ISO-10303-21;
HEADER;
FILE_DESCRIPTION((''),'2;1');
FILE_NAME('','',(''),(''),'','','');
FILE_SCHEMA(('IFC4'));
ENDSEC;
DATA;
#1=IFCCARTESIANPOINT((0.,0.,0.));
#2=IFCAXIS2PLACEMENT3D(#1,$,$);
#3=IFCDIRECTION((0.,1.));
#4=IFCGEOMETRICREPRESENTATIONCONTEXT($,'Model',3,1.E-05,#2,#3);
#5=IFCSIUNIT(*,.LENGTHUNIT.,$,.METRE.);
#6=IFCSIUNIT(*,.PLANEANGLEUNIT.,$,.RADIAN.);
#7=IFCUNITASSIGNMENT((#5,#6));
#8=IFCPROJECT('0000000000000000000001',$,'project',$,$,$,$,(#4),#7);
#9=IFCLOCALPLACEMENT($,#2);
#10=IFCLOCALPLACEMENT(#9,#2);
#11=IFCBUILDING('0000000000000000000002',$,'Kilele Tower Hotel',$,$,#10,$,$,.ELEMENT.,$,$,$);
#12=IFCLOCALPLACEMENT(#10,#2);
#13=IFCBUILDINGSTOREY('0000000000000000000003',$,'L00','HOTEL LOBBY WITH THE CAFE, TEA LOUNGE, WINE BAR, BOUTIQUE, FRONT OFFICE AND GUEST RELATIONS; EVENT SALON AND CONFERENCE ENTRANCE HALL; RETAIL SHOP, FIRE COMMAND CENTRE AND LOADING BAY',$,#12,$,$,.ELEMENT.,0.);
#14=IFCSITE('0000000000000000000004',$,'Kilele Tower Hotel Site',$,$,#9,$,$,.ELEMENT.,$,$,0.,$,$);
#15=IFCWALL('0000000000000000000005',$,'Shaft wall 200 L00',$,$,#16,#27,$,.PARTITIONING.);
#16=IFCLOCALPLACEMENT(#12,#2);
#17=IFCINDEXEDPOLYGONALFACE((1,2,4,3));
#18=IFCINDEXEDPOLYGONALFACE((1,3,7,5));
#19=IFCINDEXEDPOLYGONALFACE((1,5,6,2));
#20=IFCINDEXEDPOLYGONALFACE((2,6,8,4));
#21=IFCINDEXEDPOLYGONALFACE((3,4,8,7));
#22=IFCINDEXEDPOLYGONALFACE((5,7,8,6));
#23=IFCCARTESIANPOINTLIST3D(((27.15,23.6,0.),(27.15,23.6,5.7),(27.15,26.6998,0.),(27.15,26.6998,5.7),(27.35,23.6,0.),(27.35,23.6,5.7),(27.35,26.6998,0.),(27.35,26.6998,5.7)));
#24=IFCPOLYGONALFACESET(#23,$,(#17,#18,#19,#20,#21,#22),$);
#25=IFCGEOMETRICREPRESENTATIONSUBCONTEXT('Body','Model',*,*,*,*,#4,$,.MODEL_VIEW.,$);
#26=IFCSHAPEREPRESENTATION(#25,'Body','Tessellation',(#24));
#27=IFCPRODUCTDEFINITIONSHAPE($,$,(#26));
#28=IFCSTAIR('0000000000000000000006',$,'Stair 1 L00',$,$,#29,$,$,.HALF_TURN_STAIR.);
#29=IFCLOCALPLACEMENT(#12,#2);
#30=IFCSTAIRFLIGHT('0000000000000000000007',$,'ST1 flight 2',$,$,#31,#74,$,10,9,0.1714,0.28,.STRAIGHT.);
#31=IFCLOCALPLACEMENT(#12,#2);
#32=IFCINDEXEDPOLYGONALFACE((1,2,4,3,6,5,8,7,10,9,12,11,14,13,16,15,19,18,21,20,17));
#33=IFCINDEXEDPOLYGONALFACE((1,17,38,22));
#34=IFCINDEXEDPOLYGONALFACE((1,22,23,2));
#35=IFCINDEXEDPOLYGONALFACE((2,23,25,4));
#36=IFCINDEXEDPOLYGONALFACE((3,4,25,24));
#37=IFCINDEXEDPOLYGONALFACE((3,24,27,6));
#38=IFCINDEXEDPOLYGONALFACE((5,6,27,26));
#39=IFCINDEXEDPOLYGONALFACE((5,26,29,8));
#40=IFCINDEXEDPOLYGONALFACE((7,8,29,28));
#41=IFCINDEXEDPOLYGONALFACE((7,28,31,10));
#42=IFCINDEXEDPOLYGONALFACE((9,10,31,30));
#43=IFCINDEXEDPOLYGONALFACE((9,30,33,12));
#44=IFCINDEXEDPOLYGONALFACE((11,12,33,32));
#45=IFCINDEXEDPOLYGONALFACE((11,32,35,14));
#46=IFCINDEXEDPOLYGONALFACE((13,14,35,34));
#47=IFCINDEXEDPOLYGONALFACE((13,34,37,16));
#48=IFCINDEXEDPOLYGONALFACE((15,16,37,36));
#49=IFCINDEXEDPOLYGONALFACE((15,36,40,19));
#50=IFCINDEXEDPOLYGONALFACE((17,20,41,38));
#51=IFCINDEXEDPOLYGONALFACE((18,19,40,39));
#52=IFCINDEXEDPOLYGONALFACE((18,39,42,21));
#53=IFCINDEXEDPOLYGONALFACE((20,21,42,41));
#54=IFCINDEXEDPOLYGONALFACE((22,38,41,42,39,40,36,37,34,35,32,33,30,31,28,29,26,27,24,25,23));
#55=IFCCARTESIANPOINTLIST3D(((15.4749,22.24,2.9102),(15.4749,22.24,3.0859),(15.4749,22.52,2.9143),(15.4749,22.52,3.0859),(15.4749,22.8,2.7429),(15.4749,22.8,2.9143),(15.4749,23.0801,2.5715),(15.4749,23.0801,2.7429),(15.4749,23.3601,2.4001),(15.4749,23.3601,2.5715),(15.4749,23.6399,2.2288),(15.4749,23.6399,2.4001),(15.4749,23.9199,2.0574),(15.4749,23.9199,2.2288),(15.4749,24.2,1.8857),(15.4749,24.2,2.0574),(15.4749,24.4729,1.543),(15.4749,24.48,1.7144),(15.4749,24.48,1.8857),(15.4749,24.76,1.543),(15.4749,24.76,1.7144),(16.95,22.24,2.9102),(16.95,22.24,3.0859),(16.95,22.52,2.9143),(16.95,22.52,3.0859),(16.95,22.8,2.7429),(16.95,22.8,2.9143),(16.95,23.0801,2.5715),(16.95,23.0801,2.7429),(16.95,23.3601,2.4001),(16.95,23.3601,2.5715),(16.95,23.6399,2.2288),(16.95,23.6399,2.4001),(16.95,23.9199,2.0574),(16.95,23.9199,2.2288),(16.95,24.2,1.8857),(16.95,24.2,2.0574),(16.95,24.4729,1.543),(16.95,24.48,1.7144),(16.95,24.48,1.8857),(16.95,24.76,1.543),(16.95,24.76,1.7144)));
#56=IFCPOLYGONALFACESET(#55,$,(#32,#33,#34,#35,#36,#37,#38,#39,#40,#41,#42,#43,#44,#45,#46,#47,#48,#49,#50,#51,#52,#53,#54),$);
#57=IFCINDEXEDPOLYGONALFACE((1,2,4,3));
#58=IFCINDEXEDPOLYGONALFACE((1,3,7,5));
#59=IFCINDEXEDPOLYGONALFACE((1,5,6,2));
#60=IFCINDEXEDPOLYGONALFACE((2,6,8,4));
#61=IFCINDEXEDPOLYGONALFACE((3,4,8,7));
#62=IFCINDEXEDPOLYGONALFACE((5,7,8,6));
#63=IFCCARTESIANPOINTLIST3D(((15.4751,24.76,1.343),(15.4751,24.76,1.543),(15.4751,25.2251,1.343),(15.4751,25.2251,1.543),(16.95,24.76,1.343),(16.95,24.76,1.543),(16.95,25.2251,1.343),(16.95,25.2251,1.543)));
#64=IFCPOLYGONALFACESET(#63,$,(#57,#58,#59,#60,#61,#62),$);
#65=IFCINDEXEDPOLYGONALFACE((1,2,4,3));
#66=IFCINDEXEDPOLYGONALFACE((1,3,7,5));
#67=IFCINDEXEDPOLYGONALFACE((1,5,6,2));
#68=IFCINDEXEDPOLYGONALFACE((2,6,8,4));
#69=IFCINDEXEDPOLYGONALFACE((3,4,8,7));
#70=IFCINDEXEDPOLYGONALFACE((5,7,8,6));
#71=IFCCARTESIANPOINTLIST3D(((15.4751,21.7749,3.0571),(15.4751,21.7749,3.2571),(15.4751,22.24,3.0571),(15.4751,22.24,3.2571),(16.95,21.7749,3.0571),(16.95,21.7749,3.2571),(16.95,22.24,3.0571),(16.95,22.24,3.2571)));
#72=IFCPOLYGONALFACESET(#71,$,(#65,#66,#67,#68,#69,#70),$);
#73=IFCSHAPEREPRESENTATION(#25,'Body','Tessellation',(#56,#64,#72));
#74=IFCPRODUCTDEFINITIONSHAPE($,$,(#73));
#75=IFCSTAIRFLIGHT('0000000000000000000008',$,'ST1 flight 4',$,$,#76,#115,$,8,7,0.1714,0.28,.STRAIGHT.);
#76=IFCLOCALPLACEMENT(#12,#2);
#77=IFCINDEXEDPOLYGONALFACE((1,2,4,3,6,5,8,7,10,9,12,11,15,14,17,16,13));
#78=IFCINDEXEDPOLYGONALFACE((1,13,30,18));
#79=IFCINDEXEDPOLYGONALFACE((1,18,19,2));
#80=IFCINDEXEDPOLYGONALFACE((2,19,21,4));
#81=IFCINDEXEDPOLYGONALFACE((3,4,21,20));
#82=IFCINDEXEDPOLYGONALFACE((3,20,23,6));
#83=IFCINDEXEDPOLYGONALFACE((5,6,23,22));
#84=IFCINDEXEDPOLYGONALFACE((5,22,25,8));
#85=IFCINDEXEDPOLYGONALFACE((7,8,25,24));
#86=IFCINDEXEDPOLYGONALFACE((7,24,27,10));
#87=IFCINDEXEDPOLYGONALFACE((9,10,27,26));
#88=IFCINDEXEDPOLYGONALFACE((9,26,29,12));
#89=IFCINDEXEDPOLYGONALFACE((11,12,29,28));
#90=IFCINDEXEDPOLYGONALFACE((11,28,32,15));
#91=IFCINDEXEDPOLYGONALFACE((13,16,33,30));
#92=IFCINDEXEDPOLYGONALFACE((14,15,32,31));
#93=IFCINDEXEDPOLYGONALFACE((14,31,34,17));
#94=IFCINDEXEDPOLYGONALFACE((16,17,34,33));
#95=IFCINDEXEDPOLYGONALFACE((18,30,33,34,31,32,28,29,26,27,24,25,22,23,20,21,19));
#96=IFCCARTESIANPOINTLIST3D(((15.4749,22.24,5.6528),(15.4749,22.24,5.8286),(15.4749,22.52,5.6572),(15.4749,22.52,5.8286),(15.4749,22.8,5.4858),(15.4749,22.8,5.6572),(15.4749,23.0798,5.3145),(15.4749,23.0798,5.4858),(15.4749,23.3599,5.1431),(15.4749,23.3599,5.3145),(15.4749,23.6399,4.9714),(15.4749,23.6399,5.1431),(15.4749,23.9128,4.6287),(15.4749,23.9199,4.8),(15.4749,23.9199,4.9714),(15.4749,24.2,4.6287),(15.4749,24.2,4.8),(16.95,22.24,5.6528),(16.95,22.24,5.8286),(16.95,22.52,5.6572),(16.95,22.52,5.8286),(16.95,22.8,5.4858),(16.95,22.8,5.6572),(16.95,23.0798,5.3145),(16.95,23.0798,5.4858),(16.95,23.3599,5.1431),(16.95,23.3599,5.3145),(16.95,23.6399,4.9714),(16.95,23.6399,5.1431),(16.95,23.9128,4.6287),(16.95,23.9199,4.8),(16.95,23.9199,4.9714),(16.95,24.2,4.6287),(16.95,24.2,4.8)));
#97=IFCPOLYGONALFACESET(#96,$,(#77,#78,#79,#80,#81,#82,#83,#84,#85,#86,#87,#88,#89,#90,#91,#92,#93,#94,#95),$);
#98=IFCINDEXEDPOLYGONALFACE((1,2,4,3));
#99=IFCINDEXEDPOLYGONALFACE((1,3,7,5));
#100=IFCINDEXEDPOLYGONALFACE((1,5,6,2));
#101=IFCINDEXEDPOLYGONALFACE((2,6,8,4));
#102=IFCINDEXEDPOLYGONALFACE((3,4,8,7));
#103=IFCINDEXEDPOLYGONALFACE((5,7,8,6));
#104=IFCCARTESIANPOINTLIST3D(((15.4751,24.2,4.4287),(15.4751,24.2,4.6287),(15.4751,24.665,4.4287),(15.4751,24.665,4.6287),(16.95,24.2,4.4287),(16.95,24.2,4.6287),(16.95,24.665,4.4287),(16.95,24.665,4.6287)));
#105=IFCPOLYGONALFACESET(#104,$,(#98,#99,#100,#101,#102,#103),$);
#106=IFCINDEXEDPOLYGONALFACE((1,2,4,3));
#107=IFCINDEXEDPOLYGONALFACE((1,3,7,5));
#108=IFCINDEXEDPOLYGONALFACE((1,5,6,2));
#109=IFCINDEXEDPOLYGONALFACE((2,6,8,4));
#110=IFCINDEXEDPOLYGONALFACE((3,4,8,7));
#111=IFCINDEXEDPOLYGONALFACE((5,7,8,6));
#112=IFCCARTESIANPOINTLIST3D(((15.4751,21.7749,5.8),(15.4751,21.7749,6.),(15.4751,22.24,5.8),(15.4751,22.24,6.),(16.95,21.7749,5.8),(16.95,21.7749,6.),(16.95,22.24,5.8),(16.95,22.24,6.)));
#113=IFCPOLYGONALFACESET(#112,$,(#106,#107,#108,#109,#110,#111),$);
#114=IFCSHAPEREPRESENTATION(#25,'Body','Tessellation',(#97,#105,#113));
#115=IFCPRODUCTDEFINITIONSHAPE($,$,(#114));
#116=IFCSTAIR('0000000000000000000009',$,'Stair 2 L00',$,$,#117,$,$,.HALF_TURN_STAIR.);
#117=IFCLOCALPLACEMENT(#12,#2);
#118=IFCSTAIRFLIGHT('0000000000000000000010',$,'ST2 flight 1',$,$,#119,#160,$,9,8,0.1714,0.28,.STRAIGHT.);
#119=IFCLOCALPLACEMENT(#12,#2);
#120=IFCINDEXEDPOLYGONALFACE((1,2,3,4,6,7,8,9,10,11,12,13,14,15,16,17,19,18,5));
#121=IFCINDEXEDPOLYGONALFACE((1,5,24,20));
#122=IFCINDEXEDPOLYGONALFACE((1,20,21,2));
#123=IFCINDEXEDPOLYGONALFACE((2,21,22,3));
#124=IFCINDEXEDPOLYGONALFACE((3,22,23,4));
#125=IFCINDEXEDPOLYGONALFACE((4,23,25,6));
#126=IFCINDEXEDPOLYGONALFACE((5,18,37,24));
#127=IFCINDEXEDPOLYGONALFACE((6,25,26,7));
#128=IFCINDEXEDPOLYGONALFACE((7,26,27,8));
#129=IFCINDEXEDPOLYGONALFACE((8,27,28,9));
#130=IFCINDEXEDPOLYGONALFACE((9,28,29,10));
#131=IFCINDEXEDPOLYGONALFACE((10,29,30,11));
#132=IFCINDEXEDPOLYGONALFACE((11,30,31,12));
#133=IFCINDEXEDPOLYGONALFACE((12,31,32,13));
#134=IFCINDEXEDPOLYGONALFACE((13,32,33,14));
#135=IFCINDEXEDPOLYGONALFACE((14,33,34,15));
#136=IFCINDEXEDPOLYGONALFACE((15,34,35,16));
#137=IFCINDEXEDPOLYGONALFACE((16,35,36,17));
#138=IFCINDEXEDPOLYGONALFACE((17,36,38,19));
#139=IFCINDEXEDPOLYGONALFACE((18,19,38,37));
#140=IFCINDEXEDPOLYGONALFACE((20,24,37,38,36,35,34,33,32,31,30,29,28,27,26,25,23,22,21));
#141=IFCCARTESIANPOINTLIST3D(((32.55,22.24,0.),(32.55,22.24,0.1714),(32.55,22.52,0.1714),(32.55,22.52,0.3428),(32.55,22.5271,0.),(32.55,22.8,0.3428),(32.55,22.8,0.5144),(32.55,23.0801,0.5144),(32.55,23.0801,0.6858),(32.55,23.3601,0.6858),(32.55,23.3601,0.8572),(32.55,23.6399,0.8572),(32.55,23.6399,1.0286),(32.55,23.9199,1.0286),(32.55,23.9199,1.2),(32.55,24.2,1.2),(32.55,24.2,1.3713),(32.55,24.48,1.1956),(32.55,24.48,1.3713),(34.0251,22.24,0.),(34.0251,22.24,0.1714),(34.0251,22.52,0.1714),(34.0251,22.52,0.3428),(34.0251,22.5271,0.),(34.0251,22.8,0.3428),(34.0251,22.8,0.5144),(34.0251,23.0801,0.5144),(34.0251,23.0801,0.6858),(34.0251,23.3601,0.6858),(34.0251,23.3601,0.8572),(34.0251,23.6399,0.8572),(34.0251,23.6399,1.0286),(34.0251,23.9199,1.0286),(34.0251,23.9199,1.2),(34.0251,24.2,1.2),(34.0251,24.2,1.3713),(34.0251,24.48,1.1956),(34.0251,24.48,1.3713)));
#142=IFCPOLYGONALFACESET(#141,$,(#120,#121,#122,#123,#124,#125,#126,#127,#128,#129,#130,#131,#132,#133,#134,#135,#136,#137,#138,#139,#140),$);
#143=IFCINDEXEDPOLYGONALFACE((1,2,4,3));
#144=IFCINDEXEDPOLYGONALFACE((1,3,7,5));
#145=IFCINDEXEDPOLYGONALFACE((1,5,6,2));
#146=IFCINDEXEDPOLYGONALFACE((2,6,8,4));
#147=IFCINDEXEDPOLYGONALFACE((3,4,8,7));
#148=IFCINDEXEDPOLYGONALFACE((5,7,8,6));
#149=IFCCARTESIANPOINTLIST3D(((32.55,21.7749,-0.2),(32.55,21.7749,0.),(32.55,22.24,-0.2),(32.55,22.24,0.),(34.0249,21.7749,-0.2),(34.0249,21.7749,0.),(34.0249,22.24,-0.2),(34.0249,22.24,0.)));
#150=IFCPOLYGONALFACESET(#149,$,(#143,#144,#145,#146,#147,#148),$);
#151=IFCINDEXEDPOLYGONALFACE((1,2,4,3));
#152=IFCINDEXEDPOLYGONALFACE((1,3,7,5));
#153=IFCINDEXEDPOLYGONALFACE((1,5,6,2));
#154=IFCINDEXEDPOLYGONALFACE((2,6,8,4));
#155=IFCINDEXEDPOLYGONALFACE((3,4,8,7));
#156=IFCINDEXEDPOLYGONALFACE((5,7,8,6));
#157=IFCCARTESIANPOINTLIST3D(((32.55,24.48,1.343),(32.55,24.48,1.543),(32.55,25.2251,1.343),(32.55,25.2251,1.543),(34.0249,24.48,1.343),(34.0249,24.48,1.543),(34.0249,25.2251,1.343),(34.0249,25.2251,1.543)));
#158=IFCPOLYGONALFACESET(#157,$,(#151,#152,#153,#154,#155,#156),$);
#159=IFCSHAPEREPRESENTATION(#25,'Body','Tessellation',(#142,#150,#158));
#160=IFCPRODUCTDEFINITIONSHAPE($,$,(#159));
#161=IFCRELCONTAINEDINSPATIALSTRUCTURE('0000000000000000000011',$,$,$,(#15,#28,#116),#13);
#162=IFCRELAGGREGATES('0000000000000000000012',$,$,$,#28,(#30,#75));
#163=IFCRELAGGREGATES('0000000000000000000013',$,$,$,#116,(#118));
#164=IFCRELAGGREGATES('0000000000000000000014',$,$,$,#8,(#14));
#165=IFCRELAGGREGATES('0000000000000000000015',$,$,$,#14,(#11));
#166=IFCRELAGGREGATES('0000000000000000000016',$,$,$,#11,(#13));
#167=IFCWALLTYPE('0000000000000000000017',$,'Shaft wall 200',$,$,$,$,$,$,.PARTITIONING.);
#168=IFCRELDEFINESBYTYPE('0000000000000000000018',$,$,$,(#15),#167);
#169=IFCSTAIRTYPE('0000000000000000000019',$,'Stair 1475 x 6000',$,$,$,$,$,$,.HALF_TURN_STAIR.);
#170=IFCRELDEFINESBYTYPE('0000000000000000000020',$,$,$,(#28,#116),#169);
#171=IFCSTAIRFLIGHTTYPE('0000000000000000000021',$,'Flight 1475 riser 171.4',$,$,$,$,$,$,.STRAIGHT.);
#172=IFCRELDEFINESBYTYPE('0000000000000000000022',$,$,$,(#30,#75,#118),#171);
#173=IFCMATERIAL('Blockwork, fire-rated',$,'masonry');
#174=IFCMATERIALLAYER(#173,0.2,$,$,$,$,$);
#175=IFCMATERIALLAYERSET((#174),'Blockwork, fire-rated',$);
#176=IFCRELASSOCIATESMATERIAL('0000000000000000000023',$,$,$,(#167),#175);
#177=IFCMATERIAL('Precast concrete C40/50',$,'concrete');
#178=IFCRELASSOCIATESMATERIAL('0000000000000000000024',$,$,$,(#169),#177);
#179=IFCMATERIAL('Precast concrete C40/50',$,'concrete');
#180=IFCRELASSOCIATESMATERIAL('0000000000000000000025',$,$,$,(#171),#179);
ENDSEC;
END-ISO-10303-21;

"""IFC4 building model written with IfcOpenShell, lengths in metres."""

from ifc_helpers import new_model, si_unit, direction, frame, frame_2d, origin, place, context, subcontext, project, spatial, polyline, rectangle, outline, extrude, material, layer, layer_set, type_object, element, aggregate, save


model = new_model("IFC4")

# Units and contexts
model_context = context("Model", 3, precision=1e-05, world=origin(), true_north=direction((0.0, 1.0)))
body_context = subcontext(model_context, "Body", "Model", "MODEL_VIEW")
ifc_project = project(units=[si_unit("LENGTHUNIT", "METRE"), si_unit("PLANEANGLEUNIT", "RADIAN")], contexts=[model_context])

# Site, building, storey
site_placement = place(None, origin())
site = spatial("IfcSite", under=ifc_project, at=site_placement, Name="Kilele Tower Hotel Site", CompositionType="ELEMENT", RefElevation=0.0)
building_placement = place(site_placement, origin())
building = spatial("IfcBuilding", under=site, at=building_placement, Name="Kilele Tower Hotel", CompositionType="ELEMENT")
storey_placement = place(building_placement, origin())
storey = spatial("IfcBuildingStorey", under=building, at=storey_placement, Name="L00", Description="HOTEL LOBBY WITH THE CAFE, TEA LOUNGE, WINE BAR, BOUTIQUE, FRONT OFFICE AND GUEST RELATIONS; EVENT SALON AND CONFERENCE ENTRANCE HALL; RETAIL SHOP, FIRE COMMAND CENTRE AND LOADING BAY", CompositionType="ELEMENT", Elevation=0.0)

# Shared definitions
ifc_material_1 = material(Name="Blockwork, fire-rated", Category="masonry")
ifc_layer_1 = layer(ifc_material_1, 0.2)
ifc_layer_set_1 = layer_set([ifc_layer_1], Name="Blockwork, fire-rated")
wall_type_1 = type_object("IfcWallType", Name="Shaft wall 200", PredefinedType="PARTITIONING", material=ifc_layer_set_1)

# Wall
for number, where, z_axis, x_axis, name in (
    (1, (27.25, 23.6001, 0.0), (0.0, 0.0, 1.0), (0.0, 1.0, 0.0), "Shaft wall 200 L00"),
):
    element("IfcWall", number, at=place(storey_placement, frame(where, z_axis=z_axis, x_axis=x_axis)), inside=storey, type_object=wall_type_1, Name=name, PredefinedType="PARTITIONING", context=body_context, shape_type="SweptSolid", body=[
        extrude(rectangle(XDim=3.0999, YDim=0.2, at=frame_2d((1.5498, 0.0))), origin(), (0.0, 0.0, 1.0), 5.7),
    ])

# Stairs, stair flights
ifc_material_2 = material(Name="Precast concrete C40/50", Category="concrete")
stair_type = type_object("IfcStairType", Name="Stair 1475 x 6000", PredefinedType="HALF_TURN_STAIR", material=ifc_material_2)
stair_1_placement = place(storey_placement, origin())
stair_1 = element("IfcStair", 2, at=stair_1_placement, inside=storey, type_object=stair_type, Name="Stair 1 L00", PredefinedType="HALF_TURN_STAIR")
ifc_material_3 = material(Name="Precast concrete C40/50", Category="concrete")
stair_flight_type = type_object("IfcStairFlightType", Name="Flight 1475 riser 171.4", PredefinedType="STRAIGHT", material=ifc_material_3)
stair_flight_1_placement = place(storey_placement, frame((16.2124, 24.76, 1.543), z_axis=(0.0, 0.0, 1.0), x_axis=(0.0, -1.0, 0.0)))
stair_flight_1 = element("IfcStairFlight", 3, at=stair_flight_1_placement, type_object=stair_flight_type, Name="ST1 flight 2", NumberOfRisers=10, NumberOfTreads=9, PredefinedType="STRAIGHT", RiserHeight=0.1714, TreadLength=0.28, context=body_context, shape_type="SweptSolid", body=[
    extrude(outline(polyline([(0.0, 0.0), (0.0, 0.1714), (0.28, 0.1714), (0.28, 0.3428), (0.5601, 0.3428), (0.5601, 0.5144), (0.8401, 0.5144), (0.8401, 0.6858), (1.1201, 0.6858), (1.1201, 0.8572), (1.3999, 0.8572), (1.3999, 1.0286), (1.6799, 1.0286), (1.6799, 1.2), (1.96, 1.2), (1.96, 1.3713), (2.24, 1.3713), (2.24, 1.543), (2.52, 1.543), (2.52, 1.7144), (2.52, 1.3672), (0.2871, 0.0), (0.0, 0.0)])), frame((0.0, 0.7375, 0.0), z_axis=(0.0, -1.0, 0.0), x_axis=(1.0, 0.0, 0.0)), (0.0, 0.0, 1.0), 1.4751),
    extrude(outline(polyline([(0.0, -0.7373), (0.0, 0.7375), (-0.4651, 0.7375), (-0.4651, -0.7373), (0.0, -0.7373)])), frame((0.0, 0.0, -0.2)), (0.0, 0.0, 1.0), 0.2),
    extrude(outline(polyline([(2.9851, -0.7373), (2.9851, 0.7375), (2.52, 0.7375), (2.52, -0.7373), (2.9851, -0.7373)])), frame((0.0, 0.0, 1.5142)), (0.0, 0.0, 1.0), 0.2),
])
stair_flight_2_placement = place(storey_placement, frame((16.2124, 24.2, 4.6287), z_axis=(0.0, 0.0, 1.0), x_axis=(0.0, -1.0, 0.0)))
stair_flight_2 = element("IfcStairFlight", 4, at=stair_flight_2_placement, type_object=stair_flight_type, Name="ST1 flight 4", NumberOfRisers=8, NumberOfTreads=7, PredefinedType="STRAIGHT", RiserHeight=0.1714, TreadLength=0.28, context=body_context, shape_type="SweptSolid", body=[
    extrude(outline(polyline([(0.0, 0.0), (0.0, 0.1714), (0.28, 0.1714), (0.28, 0.3428), (0.5601, 0.3428), (0.5601, 0.5144), (0.8401, 0.5144), (0.8401, 0.6858), (1.1201, 0.6858), (1.1201, 0.8572), (1.3999, 0.8572), (1.3999, 1.0286), (1.6799, 1.0286), (1.6799, 1.2), (1.96, 1.2), (1.96, 1.3713), (1.96, 1.0242), (0.2871, 0.0), (0.0, 0.0)])), frame((0.0, 0.7375, 0.0), z_axis=(0.0, -1.0, 0.0), x_axis=(1.0, 0.0, 0.0)), (0.0, 0.0, 1.0), 1.4751),
    extrude(outline(polyline([(0.0, -0.7373), (0.0, 0.7375), (-0.4651, 0.7375), (-0.4651, -0.7373), (0.0, -0.7373)])), frame((0.0, 0.0, -0.2)), (0.0, 0.0, 1.0), 0.2),
    extrude(outline(polyline([(2.425, -0.7373), (2.425, 0.7375), (1.96, 0.7375), (1.96, -0.7373), (2.425, -0.7373)])), frame((0.0, 0.0, 1.1714)), (0.0, 0.0, 1.0), 0.2),
])
aggregate(stair_1, [stair_flight_1, stair_flight_2])
stair_2_placement = place(storey_placement, origin())
stair_2 = element("IfcStair", 5, at=stair_2_placement, inside=storey, type_object=stair_type, Name="Stair 2 L00", PredefinedType="HALF_TURN_STAIR")
stair_flight_3_placement = place(storey_placement, frame((33.2876, 22.24, 0.0), z_axis=(0.0, 0.0, 1.0), x_axis=(0.0, 1.0, 0.0)))
stair_flight_3 = element("IfcStairFlight", 6, at=stair_flight_3_placement, type_object=stair_flight_type, Name="ST2 flight 1", NumberOfRisers=9, NumberOfTreads=8, PredefinedType="STRAIGHT", RiserHeight=0.1714, TreadLength=0.28, context=body_context, shape_type="SweptSolid", body=[
    extrude(outline(polyline([(0.0, 0.0), (0.0, 0.1714), (0.28, 0.1714), (0.28, 0.3428), (0.5601, 0.3428), (0.5601, 0.5144), (0.8401, 0.5144), (0.8401, 0.6858), (1.1201, 0.6858), (1.1201, 0.8572), (1.3999, 0.8572), (1.3999, 1.0286), (1.6799, 1.0286), (1.6799, 1.2), (1.96, 1.2), (1.96, 1.3713), (2.24, 1.3713), (2.24, 1.543), (2.24, 1.1956), (0.2871, 0.0), (0.0, 0.0)])), frame((0.0, 0.7375, 0.0), z_axis=(0.0, -1.0, 0.0), x_axis=(1.0, 0.0, 0.0)), (0.0, 0.0, 1.0), 1.4751),
    extrude(outline(polyline([(-0.4651, 0.7375), (-0.4651, -0.7373), (0.0, -0.7373), (0.0, 0.7375), (-0.4651, 0.7375)])), frame((0.0, 0.0, -0.2)), (0.0, 0.0, 1.0), 0.2),
    extrude(outline(polyline([(2.24, 0.7375), (2.24, -0.7373), (2.9851, -0.7373), (2.9851, 0.7375), (2.24, 0.7375)])), frame((0.0, 0.0, 1.343)), (0.0, 0.0, 1.0), 0.2),
])
aggregate(stair_2, [stair_flight_3])

save(model, "model.ifc")
